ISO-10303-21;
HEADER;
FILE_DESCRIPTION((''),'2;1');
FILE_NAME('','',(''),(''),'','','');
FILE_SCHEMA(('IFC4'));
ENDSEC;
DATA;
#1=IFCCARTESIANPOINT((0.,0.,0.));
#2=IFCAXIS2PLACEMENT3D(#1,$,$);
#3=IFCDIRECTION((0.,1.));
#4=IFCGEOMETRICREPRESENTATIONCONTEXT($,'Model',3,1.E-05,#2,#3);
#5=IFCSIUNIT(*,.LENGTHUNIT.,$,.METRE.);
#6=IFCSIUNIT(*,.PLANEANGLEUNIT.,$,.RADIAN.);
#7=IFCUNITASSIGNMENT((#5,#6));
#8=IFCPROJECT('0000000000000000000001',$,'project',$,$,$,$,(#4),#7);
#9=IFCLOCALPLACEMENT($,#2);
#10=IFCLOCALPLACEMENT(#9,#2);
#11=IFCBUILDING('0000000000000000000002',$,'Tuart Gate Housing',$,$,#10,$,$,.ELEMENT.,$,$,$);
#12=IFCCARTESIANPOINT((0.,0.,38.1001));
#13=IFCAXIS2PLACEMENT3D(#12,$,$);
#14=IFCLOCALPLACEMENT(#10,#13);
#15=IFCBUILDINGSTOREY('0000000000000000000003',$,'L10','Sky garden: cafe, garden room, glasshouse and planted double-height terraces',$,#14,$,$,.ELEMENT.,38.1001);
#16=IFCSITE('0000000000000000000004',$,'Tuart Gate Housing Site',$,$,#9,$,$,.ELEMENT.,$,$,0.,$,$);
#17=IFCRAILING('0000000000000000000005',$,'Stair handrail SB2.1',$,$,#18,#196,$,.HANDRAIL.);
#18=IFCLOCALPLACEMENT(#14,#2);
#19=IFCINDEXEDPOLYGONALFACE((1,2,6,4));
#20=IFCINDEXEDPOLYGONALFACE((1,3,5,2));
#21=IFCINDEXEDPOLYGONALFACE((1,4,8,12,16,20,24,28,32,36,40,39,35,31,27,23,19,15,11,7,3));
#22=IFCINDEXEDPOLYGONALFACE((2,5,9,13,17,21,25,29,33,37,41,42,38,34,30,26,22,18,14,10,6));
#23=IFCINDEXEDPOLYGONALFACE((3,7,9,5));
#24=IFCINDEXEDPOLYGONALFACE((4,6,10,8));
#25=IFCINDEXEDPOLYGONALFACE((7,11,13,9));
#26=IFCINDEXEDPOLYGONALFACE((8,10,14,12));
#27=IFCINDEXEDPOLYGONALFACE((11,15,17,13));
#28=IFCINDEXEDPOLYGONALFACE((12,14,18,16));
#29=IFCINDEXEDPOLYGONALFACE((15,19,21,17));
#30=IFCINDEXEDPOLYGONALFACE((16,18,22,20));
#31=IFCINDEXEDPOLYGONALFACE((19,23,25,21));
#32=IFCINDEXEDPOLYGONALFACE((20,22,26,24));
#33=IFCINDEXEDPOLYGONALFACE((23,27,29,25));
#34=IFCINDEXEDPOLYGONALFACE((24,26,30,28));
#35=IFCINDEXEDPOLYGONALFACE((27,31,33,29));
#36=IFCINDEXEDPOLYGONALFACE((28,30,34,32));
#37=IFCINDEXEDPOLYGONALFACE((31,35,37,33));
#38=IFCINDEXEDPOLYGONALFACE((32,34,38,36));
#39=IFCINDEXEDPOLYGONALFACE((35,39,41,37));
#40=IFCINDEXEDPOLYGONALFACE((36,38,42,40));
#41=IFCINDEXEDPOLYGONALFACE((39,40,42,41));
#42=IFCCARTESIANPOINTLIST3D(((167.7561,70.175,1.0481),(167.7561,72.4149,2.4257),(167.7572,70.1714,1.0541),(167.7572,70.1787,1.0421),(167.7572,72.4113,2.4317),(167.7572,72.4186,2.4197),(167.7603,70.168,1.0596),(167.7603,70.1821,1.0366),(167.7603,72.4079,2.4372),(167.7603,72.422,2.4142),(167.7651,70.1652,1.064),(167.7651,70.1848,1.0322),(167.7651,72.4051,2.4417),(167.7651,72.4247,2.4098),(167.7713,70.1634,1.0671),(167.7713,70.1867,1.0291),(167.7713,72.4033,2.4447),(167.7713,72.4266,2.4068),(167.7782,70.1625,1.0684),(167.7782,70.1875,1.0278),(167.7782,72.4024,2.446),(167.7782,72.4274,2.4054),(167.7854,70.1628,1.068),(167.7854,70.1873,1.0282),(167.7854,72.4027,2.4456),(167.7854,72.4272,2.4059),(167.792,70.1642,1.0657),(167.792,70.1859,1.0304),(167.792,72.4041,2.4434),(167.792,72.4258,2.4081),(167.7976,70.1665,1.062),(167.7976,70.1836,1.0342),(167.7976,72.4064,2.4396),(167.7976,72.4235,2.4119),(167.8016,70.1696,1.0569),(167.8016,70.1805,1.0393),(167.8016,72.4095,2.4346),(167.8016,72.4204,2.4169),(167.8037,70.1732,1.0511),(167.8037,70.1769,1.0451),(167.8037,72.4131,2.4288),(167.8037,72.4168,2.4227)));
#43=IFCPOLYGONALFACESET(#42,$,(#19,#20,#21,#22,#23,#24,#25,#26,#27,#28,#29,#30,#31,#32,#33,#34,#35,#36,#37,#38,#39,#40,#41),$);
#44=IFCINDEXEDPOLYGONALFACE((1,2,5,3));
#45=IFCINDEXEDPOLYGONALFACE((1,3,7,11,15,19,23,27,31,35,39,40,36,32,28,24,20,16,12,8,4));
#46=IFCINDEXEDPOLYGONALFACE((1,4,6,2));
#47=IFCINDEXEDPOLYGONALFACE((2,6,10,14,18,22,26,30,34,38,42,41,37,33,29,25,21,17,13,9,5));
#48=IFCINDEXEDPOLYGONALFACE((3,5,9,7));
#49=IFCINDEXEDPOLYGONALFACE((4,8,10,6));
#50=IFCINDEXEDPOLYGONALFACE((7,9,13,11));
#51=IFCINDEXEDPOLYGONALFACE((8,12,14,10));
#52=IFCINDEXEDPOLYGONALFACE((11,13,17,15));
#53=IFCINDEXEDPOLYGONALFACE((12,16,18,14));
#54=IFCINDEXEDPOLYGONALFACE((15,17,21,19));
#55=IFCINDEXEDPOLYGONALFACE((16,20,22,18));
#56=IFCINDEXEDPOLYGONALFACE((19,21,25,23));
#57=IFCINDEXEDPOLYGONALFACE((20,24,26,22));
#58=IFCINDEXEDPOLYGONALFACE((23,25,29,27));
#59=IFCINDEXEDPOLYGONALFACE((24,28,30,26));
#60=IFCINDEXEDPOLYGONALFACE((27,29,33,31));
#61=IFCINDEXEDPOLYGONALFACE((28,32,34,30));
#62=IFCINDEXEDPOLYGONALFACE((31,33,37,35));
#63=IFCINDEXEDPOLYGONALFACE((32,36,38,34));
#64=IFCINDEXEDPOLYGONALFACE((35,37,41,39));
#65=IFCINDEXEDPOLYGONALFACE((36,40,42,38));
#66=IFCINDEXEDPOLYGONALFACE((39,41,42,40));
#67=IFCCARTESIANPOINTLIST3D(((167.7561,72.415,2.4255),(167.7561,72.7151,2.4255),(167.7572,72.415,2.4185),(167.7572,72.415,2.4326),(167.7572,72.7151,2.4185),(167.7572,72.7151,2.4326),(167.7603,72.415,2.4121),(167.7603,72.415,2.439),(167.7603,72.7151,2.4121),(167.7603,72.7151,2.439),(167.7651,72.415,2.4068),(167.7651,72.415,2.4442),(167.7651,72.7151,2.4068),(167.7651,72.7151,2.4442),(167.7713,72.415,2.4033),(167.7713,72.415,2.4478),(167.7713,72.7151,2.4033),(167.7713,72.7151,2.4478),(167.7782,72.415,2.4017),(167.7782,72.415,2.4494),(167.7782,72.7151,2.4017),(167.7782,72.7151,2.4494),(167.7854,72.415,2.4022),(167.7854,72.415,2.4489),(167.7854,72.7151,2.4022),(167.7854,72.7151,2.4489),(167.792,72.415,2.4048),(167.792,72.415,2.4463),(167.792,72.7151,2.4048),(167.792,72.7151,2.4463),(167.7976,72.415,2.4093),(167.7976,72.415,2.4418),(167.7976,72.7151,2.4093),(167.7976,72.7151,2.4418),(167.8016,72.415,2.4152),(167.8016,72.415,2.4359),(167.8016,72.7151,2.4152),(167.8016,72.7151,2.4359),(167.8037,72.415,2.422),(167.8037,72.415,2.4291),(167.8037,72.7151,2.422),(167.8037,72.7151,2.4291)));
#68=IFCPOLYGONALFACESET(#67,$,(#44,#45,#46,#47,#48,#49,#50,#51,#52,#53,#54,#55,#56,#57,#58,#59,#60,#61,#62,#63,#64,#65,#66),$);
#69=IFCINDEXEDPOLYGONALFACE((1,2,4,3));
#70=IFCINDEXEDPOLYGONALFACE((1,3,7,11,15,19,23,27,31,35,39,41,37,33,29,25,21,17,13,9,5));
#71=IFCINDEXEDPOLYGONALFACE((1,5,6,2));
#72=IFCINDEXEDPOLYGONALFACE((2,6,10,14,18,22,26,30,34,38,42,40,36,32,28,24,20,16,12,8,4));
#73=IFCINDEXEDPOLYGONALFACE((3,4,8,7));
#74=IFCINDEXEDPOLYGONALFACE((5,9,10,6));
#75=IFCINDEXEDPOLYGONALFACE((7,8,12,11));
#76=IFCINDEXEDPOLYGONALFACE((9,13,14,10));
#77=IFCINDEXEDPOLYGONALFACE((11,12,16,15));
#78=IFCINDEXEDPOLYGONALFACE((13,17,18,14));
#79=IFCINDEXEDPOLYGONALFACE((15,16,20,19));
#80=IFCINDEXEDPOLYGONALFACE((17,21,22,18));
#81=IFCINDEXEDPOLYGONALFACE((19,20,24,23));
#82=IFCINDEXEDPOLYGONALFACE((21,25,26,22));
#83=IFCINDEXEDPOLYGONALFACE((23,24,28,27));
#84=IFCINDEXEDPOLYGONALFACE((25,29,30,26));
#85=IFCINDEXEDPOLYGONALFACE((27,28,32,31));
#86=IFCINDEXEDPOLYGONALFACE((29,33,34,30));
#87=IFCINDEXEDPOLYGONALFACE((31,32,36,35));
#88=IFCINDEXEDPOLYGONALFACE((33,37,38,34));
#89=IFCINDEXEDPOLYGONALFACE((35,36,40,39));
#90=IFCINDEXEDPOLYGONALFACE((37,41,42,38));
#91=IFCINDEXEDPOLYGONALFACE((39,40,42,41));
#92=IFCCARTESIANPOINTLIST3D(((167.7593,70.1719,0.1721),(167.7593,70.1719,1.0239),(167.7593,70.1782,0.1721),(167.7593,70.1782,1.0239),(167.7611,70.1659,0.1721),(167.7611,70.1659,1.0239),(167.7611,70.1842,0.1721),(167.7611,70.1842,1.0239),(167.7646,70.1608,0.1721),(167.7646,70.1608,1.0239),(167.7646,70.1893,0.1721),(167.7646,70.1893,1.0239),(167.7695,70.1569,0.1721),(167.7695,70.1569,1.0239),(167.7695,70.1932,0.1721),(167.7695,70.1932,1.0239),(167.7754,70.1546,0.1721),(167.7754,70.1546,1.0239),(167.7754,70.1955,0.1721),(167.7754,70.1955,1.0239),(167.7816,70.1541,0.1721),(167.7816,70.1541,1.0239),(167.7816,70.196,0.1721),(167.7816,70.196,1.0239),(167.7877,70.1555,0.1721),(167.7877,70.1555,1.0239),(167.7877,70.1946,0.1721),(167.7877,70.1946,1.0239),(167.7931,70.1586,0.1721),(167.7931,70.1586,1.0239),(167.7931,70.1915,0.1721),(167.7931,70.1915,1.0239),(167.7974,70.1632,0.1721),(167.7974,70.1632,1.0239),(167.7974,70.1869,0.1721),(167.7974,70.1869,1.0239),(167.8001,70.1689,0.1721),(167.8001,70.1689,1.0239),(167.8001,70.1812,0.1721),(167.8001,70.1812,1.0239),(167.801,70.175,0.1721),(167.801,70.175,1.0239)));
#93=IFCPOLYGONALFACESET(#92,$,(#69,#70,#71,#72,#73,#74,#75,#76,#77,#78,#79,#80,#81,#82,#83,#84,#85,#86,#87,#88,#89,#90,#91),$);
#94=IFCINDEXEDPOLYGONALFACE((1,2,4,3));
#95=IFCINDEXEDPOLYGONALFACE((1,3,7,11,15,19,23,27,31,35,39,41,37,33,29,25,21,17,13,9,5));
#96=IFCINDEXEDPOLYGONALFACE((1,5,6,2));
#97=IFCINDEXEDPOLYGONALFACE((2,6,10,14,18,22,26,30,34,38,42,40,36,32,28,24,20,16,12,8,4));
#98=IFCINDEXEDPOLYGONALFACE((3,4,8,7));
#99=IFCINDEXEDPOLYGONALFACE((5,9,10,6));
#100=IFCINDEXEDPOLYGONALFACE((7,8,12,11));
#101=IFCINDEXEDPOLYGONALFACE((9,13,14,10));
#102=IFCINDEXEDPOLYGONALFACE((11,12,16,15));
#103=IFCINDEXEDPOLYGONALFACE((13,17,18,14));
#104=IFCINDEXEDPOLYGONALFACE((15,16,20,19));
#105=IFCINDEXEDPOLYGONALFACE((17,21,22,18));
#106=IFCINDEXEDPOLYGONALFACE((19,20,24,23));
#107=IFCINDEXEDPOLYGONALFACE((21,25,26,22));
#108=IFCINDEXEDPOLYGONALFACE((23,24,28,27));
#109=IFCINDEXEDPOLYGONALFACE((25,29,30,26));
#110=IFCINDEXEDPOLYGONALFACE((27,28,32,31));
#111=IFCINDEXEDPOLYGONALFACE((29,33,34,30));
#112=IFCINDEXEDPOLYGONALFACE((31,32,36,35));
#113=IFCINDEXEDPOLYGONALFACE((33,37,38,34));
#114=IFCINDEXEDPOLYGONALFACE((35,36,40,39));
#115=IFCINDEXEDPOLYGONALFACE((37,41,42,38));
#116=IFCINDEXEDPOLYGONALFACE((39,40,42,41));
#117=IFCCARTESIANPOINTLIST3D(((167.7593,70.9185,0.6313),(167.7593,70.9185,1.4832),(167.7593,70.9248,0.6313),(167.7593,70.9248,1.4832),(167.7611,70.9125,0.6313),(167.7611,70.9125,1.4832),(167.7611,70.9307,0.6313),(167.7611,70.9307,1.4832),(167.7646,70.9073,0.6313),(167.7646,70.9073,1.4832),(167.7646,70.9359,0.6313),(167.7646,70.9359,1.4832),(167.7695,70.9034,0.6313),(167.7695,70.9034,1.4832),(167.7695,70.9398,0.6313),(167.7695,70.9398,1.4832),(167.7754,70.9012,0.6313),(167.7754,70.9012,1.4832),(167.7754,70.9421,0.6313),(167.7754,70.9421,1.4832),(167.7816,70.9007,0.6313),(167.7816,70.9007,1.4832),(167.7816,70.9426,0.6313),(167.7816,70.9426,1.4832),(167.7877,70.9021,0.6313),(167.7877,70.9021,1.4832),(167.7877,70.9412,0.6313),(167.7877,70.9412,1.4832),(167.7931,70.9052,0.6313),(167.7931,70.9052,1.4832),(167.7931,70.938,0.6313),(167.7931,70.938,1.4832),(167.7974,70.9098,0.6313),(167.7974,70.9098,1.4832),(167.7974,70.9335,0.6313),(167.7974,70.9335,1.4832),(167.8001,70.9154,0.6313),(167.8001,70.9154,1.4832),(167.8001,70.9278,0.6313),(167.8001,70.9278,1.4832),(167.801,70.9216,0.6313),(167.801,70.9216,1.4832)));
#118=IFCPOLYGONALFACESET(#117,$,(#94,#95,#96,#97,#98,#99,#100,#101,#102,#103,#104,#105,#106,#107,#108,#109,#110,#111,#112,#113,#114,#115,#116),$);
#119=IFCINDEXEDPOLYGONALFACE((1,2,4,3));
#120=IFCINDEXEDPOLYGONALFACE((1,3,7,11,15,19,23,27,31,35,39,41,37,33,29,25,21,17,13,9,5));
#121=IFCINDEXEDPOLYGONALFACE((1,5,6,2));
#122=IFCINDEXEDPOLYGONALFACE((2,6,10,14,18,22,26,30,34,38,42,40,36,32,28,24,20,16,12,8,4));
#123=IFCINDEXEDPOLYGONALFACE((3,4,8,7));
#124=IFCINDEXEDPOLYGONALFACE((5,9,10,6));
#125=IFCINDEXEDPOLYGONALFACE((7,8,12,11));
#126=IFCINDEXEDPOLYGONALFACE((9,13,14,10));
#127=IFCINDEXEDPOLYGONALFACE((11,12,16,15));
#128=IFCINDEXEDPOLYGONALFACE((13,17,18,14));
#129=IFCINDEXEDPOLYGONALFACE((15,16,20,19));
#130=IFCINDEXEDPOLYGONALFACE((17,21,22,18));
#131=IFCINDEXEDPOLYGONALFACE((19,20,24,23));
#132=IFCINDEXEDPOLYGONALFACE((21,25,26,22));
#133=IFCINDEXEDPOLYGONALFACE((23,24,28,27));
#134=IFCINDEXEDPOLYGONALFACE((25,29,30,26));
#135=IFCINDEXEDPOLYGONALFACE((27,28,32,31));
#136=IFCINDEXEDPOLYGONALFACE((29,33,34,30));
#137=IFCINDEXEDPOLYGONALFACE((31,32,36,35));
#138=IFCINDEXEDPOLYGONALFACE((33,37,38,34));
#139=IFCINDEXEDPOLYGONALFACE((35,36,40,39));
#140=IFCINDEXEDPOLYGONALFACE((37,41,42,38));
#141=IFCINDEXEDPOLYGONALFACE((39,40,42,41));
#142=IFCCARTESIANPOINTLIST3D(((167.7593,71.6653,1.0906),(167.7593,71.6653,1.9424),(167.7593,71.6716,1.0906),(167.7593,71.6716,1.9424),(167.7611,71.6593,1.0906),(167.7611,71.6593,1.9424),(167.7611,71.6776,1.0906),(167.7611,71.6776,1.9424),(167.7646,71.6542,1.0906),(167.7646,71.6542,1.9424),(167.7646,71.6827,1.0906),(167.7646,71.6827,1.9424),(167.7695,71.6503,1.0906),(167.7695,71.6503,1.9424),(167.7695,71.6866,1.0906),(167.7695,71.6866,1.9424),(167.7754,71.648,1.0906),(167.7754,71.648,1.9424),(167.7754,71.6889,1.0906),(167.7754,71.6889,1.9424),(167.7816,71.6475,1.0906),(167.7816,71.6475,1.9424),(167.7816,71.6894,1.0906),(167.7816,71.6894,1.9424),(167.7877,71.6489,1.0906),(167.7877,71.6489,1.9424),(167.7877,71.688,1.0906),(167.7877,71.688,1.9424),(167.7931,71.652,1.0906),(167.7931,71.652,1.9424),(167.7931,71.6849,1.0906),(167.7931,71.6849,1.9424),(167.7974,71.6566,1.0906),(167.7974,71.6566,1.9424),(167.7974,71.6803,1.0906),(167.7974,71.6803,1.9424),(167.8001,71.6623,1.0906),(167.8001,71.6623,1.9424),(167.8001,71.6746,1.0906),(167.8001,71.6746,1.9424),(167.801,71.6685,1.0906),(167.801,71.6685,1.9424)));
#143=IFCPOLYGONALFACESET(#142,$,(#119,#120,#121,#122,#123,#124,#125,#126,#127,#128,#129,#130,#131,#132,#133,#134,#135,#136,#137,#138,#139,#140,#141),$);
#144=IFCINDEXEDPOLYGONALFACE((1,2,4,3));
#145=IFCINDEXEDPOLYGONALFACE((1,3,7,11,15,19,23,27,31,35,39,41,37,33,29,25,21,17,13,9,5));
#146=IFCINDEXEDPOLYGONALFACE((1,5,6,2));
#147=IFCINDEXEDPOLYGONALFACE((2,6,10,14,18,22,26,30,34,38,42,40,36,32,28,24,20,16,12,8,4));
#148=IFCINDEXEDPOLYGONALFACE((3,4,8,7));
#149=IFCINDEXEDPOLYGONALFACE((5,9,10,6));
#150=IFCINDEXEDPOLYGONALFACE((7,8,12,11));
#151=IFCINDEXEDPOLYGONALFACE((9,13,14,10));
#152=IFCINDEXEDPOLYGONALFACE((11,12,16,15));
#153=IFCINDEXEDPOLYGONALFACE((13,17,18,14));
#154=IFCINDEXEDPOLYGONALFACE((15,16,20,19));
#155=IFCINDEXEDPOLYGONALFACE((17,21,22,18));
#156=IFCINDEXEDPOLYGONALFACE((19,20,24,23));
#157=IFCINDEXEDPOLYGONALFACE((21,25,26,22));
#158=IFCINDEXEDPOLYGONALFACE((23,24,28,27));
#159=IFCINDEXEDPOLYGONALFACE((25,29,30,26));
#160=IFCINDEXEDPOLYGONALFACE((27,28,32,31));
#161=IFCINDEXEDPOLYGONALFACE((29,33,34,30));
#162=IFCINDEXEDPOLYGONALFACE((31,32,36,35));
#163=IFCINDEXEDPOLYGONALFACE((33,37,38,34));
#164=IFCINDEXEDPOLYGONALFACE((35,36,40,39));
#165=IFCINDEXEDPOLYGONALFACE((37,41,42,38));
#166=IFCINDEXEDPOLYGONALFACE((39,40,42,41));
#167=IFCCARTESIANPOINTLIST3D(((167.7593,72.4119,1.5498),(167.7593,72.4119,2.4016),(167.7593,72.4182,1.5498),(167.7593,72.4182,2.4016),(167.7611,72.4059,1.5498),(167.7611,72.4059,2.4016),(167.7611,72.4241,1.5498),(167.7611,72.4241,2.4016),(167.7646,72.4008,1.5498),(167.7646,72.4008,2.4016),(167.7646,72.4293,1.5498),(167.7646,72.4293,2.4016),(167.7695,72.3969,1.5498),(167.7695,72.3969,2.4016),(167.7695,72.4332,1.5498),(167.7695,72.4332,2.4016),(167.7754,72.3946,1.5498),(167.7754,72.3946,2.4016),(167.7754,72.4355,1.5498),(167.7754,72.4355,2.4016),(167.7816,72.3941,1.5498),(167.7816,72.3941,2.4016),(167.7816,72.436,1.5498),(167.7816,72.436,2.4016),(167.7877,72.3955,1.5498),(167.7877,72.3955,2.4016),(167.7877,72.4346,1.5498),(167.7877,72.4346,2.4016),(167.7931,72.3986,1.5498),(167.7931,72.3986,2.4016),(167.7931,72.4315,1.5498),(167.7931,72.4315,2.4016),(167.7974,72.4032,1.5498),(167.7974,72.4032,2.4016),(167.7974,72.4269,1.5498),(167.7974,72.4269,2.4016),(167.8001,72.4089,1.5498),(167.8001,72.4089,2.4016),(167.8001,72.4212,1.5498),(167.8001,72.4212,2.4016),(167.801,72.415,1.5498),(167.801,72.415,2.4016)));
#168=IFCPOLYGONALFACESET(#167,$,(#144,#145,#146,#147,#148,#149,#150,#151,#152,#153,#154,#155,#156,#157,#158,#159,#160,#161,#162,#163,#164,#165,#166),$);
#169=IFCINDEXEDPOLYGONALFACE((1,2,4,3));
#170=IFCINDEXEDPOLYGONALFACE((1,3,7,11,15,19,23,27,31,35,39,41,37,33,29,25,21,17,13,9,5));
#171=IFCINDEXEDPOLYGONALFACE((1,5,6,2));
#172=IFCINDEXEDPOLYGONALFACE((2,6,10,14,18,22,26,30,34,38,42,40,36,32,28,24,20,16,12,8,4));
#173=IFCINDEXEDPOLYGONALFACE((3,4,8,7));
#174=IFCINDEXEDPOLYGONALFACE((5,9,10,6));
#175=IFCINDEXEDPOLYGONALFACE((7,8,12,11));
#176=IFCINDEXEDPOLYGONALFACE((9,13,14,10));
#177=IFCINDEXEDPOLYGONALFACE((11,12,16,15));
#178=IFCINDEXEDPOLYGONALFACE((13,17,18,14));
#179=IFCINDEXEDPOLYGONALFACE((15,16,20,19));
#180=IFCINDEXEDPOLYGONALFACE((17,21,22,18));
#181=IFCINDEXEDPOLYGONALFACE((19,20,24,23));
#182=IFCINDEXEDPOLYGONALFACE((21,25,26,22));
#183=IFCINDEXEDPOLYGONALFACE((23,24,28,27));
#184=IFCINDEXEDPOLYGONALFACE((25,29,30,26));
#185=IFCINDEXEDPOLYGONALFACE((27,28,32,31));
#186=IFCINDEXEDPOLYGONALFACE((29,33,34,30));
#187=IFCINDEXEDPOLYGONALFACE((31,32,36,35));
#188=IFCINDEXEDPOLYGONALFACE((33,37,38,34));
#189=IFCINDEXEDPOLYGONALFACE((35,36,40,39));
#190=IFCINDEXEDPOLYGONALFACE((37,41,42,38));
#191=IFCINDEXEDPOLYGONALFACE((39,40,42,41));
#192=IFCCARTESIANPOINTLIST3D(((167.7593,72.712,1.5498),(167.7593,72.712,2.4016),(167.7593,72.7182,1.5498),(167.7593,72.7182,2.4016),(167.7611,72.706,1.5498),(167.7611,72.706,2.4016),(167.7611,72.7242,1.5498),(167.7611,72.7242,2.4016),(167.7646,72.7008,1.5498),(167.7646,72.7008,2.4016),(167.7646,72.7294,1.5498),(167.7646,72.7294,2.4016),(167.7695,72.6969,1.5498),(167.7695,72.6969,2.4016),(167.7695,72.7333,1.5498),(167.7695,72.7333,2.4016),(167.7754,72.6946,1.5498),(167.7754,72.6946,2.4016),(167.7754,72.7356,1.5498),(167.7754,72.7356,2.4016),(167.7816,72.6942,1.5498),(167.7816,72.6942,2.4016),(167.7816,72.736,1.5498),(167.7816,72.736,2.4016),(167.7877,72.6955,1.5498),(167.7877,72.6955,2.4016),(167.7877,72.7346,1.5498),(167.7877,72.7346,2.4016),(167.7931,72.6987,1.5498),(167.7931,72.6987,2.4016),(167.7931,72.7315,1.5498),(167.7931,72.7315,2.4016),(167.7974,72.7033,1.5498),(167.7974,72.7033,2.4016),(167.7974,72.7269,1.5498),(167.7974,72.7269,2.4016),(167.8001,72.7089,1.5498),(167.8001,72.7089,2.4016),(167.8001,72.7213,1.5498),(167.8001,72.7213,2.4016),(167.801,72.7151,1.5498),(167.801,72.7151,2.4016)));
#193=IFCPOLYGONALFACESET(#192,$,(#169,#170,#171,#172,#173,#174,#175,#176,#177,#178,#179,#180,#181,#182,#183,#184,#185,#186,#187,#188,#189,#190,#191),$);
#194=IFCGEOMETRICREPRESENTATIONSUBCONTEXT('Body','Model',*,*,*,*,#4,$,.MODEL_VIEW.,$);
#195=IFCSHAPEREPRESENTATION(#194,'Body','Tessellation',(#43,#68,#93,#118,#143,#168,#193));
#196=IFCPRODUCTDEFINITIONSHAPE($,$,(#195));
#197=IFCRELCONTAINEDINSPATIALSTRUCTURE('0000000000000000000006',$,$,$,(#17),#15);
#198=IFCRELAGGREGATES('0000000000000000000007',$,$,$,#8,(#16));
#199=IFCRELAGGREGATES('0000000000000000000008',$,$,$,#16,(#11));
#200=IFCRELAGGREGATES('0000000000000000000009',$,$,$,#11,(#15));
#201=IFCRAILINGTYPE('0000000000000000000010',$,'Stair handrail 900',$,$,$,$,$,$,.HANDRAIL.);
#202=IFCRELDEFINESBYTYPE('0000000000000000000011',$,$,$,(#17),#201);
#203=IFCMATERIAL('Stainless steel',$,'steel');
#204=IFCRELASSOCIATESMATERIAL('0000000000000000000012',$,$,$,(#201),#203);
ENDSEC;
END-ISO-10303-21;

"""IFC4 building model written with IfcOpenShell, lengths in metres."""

from ifc_helpers import new_model, si_unit, direction, frame, origin, origin_2d, place, context, subcontext, project, spatial, circle, extrude, material, type_object, element, save


model = new_model("IFC4")

# Units and contexts
model_context = context("Model", 3, precision=1e-05, world=origin(), true_north=direction((0.0, 1.0)))
body_context = subcontext(model_context, "Body", "Model", "MODEL_VIEW")
ifc_project = project(units=[si_unit("LENGTHUNIT", "METRE"), si_unit("PLANEANGLEUNIT", "RADIAN")], contexts=[model_context])

# Site, building, storey
site_placement = place(None, origin())
site = spatial("IfcSite", under=ifc_project, at=site_placement, Name="Tuart Gate Housing Site", CompositionType="ELEMENT", RefElevation=0.0)
building_placement = place(site_placement, origin())
building = spatial("IfcBuilding", under=site, at=building_placement, Name="Tuart Gate Housing", CompositionType="ELEMENT")
storey_placement = place(building_placement, frame((0.0, 0.0, 38.1001)))
storey = spatial("IfcBuildingStorey", under=building, at=storey_placement, Name="L10", Description="Sky garden: cafe, garden room, glasshouse and planted double-height terraces", CompositionType="ELEMENT", Elevation=38.1001)

# Railing
ifc_material_1 = material(Name="Stainless steel", Category="steel")
railing_type = type_object("IfcRailingType", Name="Stair handrail 900", PredefinedType="HANDRAIL", material=ifc_material_1)
railing_placement = place(storey_placement, frame((167.78, 70.175, 0.1721)))
element("IfcRailing", 1, at=railing_placement, inside=storey, type_object=railing_type, Name="Stair handrail SB2.1", PredefinedType="HANDRAIL", context=body_context, shape_type="SweptSolid", body=[
    extrude(circle(Radius=0.0239, at=origin_2d()), frame((0.0, 0.0, 0.876), z_axis=(0.0, 0.851789, 0.523885), x_axis=(-1.0, 0.0, 0.0)), (0.0, 0.0, 1.0), 2.6296),
    extrude(circle(Radius=0.0239, at=origin_2d()), frame((0.0, 2.24, 2.2534), z_axis=(0.0, 1.0, 0.0), x_axis=(-1.0, 0.0, 0.0)), (0.0, 0.0, 1.0), 0.3),
    extrude(circle(Radius=0.021, at=origin_2d()), origin(), (0.0, 0.0, 1.0), 0.8518),
    extrude(circle(Radius=0.021, at=origin_2d()), frame((0.0, 0.7466, 0.4592)), (0.0, 0.0, 1.0), 0.8518),
    extrude(circle(Radius=0.021, at=origin_2d()), frame((0.0, 1.4934, 0.9185)), (0.0, 0.0, 1.0), 0.8518),
    extrude(circle(Radius=0.021, at=origin_2d()), frame((0.0, 2.24, 1.3777)), (0.0, 0.0, 1.0), 0.8518),
    extrude(circle(Radius=0.021, at=origin_2d()), frame((0.0, 2.54, 1.3777)), (0.0, 0.0, 1.0), 0.8518),
])

save(model, "model.ifc")
